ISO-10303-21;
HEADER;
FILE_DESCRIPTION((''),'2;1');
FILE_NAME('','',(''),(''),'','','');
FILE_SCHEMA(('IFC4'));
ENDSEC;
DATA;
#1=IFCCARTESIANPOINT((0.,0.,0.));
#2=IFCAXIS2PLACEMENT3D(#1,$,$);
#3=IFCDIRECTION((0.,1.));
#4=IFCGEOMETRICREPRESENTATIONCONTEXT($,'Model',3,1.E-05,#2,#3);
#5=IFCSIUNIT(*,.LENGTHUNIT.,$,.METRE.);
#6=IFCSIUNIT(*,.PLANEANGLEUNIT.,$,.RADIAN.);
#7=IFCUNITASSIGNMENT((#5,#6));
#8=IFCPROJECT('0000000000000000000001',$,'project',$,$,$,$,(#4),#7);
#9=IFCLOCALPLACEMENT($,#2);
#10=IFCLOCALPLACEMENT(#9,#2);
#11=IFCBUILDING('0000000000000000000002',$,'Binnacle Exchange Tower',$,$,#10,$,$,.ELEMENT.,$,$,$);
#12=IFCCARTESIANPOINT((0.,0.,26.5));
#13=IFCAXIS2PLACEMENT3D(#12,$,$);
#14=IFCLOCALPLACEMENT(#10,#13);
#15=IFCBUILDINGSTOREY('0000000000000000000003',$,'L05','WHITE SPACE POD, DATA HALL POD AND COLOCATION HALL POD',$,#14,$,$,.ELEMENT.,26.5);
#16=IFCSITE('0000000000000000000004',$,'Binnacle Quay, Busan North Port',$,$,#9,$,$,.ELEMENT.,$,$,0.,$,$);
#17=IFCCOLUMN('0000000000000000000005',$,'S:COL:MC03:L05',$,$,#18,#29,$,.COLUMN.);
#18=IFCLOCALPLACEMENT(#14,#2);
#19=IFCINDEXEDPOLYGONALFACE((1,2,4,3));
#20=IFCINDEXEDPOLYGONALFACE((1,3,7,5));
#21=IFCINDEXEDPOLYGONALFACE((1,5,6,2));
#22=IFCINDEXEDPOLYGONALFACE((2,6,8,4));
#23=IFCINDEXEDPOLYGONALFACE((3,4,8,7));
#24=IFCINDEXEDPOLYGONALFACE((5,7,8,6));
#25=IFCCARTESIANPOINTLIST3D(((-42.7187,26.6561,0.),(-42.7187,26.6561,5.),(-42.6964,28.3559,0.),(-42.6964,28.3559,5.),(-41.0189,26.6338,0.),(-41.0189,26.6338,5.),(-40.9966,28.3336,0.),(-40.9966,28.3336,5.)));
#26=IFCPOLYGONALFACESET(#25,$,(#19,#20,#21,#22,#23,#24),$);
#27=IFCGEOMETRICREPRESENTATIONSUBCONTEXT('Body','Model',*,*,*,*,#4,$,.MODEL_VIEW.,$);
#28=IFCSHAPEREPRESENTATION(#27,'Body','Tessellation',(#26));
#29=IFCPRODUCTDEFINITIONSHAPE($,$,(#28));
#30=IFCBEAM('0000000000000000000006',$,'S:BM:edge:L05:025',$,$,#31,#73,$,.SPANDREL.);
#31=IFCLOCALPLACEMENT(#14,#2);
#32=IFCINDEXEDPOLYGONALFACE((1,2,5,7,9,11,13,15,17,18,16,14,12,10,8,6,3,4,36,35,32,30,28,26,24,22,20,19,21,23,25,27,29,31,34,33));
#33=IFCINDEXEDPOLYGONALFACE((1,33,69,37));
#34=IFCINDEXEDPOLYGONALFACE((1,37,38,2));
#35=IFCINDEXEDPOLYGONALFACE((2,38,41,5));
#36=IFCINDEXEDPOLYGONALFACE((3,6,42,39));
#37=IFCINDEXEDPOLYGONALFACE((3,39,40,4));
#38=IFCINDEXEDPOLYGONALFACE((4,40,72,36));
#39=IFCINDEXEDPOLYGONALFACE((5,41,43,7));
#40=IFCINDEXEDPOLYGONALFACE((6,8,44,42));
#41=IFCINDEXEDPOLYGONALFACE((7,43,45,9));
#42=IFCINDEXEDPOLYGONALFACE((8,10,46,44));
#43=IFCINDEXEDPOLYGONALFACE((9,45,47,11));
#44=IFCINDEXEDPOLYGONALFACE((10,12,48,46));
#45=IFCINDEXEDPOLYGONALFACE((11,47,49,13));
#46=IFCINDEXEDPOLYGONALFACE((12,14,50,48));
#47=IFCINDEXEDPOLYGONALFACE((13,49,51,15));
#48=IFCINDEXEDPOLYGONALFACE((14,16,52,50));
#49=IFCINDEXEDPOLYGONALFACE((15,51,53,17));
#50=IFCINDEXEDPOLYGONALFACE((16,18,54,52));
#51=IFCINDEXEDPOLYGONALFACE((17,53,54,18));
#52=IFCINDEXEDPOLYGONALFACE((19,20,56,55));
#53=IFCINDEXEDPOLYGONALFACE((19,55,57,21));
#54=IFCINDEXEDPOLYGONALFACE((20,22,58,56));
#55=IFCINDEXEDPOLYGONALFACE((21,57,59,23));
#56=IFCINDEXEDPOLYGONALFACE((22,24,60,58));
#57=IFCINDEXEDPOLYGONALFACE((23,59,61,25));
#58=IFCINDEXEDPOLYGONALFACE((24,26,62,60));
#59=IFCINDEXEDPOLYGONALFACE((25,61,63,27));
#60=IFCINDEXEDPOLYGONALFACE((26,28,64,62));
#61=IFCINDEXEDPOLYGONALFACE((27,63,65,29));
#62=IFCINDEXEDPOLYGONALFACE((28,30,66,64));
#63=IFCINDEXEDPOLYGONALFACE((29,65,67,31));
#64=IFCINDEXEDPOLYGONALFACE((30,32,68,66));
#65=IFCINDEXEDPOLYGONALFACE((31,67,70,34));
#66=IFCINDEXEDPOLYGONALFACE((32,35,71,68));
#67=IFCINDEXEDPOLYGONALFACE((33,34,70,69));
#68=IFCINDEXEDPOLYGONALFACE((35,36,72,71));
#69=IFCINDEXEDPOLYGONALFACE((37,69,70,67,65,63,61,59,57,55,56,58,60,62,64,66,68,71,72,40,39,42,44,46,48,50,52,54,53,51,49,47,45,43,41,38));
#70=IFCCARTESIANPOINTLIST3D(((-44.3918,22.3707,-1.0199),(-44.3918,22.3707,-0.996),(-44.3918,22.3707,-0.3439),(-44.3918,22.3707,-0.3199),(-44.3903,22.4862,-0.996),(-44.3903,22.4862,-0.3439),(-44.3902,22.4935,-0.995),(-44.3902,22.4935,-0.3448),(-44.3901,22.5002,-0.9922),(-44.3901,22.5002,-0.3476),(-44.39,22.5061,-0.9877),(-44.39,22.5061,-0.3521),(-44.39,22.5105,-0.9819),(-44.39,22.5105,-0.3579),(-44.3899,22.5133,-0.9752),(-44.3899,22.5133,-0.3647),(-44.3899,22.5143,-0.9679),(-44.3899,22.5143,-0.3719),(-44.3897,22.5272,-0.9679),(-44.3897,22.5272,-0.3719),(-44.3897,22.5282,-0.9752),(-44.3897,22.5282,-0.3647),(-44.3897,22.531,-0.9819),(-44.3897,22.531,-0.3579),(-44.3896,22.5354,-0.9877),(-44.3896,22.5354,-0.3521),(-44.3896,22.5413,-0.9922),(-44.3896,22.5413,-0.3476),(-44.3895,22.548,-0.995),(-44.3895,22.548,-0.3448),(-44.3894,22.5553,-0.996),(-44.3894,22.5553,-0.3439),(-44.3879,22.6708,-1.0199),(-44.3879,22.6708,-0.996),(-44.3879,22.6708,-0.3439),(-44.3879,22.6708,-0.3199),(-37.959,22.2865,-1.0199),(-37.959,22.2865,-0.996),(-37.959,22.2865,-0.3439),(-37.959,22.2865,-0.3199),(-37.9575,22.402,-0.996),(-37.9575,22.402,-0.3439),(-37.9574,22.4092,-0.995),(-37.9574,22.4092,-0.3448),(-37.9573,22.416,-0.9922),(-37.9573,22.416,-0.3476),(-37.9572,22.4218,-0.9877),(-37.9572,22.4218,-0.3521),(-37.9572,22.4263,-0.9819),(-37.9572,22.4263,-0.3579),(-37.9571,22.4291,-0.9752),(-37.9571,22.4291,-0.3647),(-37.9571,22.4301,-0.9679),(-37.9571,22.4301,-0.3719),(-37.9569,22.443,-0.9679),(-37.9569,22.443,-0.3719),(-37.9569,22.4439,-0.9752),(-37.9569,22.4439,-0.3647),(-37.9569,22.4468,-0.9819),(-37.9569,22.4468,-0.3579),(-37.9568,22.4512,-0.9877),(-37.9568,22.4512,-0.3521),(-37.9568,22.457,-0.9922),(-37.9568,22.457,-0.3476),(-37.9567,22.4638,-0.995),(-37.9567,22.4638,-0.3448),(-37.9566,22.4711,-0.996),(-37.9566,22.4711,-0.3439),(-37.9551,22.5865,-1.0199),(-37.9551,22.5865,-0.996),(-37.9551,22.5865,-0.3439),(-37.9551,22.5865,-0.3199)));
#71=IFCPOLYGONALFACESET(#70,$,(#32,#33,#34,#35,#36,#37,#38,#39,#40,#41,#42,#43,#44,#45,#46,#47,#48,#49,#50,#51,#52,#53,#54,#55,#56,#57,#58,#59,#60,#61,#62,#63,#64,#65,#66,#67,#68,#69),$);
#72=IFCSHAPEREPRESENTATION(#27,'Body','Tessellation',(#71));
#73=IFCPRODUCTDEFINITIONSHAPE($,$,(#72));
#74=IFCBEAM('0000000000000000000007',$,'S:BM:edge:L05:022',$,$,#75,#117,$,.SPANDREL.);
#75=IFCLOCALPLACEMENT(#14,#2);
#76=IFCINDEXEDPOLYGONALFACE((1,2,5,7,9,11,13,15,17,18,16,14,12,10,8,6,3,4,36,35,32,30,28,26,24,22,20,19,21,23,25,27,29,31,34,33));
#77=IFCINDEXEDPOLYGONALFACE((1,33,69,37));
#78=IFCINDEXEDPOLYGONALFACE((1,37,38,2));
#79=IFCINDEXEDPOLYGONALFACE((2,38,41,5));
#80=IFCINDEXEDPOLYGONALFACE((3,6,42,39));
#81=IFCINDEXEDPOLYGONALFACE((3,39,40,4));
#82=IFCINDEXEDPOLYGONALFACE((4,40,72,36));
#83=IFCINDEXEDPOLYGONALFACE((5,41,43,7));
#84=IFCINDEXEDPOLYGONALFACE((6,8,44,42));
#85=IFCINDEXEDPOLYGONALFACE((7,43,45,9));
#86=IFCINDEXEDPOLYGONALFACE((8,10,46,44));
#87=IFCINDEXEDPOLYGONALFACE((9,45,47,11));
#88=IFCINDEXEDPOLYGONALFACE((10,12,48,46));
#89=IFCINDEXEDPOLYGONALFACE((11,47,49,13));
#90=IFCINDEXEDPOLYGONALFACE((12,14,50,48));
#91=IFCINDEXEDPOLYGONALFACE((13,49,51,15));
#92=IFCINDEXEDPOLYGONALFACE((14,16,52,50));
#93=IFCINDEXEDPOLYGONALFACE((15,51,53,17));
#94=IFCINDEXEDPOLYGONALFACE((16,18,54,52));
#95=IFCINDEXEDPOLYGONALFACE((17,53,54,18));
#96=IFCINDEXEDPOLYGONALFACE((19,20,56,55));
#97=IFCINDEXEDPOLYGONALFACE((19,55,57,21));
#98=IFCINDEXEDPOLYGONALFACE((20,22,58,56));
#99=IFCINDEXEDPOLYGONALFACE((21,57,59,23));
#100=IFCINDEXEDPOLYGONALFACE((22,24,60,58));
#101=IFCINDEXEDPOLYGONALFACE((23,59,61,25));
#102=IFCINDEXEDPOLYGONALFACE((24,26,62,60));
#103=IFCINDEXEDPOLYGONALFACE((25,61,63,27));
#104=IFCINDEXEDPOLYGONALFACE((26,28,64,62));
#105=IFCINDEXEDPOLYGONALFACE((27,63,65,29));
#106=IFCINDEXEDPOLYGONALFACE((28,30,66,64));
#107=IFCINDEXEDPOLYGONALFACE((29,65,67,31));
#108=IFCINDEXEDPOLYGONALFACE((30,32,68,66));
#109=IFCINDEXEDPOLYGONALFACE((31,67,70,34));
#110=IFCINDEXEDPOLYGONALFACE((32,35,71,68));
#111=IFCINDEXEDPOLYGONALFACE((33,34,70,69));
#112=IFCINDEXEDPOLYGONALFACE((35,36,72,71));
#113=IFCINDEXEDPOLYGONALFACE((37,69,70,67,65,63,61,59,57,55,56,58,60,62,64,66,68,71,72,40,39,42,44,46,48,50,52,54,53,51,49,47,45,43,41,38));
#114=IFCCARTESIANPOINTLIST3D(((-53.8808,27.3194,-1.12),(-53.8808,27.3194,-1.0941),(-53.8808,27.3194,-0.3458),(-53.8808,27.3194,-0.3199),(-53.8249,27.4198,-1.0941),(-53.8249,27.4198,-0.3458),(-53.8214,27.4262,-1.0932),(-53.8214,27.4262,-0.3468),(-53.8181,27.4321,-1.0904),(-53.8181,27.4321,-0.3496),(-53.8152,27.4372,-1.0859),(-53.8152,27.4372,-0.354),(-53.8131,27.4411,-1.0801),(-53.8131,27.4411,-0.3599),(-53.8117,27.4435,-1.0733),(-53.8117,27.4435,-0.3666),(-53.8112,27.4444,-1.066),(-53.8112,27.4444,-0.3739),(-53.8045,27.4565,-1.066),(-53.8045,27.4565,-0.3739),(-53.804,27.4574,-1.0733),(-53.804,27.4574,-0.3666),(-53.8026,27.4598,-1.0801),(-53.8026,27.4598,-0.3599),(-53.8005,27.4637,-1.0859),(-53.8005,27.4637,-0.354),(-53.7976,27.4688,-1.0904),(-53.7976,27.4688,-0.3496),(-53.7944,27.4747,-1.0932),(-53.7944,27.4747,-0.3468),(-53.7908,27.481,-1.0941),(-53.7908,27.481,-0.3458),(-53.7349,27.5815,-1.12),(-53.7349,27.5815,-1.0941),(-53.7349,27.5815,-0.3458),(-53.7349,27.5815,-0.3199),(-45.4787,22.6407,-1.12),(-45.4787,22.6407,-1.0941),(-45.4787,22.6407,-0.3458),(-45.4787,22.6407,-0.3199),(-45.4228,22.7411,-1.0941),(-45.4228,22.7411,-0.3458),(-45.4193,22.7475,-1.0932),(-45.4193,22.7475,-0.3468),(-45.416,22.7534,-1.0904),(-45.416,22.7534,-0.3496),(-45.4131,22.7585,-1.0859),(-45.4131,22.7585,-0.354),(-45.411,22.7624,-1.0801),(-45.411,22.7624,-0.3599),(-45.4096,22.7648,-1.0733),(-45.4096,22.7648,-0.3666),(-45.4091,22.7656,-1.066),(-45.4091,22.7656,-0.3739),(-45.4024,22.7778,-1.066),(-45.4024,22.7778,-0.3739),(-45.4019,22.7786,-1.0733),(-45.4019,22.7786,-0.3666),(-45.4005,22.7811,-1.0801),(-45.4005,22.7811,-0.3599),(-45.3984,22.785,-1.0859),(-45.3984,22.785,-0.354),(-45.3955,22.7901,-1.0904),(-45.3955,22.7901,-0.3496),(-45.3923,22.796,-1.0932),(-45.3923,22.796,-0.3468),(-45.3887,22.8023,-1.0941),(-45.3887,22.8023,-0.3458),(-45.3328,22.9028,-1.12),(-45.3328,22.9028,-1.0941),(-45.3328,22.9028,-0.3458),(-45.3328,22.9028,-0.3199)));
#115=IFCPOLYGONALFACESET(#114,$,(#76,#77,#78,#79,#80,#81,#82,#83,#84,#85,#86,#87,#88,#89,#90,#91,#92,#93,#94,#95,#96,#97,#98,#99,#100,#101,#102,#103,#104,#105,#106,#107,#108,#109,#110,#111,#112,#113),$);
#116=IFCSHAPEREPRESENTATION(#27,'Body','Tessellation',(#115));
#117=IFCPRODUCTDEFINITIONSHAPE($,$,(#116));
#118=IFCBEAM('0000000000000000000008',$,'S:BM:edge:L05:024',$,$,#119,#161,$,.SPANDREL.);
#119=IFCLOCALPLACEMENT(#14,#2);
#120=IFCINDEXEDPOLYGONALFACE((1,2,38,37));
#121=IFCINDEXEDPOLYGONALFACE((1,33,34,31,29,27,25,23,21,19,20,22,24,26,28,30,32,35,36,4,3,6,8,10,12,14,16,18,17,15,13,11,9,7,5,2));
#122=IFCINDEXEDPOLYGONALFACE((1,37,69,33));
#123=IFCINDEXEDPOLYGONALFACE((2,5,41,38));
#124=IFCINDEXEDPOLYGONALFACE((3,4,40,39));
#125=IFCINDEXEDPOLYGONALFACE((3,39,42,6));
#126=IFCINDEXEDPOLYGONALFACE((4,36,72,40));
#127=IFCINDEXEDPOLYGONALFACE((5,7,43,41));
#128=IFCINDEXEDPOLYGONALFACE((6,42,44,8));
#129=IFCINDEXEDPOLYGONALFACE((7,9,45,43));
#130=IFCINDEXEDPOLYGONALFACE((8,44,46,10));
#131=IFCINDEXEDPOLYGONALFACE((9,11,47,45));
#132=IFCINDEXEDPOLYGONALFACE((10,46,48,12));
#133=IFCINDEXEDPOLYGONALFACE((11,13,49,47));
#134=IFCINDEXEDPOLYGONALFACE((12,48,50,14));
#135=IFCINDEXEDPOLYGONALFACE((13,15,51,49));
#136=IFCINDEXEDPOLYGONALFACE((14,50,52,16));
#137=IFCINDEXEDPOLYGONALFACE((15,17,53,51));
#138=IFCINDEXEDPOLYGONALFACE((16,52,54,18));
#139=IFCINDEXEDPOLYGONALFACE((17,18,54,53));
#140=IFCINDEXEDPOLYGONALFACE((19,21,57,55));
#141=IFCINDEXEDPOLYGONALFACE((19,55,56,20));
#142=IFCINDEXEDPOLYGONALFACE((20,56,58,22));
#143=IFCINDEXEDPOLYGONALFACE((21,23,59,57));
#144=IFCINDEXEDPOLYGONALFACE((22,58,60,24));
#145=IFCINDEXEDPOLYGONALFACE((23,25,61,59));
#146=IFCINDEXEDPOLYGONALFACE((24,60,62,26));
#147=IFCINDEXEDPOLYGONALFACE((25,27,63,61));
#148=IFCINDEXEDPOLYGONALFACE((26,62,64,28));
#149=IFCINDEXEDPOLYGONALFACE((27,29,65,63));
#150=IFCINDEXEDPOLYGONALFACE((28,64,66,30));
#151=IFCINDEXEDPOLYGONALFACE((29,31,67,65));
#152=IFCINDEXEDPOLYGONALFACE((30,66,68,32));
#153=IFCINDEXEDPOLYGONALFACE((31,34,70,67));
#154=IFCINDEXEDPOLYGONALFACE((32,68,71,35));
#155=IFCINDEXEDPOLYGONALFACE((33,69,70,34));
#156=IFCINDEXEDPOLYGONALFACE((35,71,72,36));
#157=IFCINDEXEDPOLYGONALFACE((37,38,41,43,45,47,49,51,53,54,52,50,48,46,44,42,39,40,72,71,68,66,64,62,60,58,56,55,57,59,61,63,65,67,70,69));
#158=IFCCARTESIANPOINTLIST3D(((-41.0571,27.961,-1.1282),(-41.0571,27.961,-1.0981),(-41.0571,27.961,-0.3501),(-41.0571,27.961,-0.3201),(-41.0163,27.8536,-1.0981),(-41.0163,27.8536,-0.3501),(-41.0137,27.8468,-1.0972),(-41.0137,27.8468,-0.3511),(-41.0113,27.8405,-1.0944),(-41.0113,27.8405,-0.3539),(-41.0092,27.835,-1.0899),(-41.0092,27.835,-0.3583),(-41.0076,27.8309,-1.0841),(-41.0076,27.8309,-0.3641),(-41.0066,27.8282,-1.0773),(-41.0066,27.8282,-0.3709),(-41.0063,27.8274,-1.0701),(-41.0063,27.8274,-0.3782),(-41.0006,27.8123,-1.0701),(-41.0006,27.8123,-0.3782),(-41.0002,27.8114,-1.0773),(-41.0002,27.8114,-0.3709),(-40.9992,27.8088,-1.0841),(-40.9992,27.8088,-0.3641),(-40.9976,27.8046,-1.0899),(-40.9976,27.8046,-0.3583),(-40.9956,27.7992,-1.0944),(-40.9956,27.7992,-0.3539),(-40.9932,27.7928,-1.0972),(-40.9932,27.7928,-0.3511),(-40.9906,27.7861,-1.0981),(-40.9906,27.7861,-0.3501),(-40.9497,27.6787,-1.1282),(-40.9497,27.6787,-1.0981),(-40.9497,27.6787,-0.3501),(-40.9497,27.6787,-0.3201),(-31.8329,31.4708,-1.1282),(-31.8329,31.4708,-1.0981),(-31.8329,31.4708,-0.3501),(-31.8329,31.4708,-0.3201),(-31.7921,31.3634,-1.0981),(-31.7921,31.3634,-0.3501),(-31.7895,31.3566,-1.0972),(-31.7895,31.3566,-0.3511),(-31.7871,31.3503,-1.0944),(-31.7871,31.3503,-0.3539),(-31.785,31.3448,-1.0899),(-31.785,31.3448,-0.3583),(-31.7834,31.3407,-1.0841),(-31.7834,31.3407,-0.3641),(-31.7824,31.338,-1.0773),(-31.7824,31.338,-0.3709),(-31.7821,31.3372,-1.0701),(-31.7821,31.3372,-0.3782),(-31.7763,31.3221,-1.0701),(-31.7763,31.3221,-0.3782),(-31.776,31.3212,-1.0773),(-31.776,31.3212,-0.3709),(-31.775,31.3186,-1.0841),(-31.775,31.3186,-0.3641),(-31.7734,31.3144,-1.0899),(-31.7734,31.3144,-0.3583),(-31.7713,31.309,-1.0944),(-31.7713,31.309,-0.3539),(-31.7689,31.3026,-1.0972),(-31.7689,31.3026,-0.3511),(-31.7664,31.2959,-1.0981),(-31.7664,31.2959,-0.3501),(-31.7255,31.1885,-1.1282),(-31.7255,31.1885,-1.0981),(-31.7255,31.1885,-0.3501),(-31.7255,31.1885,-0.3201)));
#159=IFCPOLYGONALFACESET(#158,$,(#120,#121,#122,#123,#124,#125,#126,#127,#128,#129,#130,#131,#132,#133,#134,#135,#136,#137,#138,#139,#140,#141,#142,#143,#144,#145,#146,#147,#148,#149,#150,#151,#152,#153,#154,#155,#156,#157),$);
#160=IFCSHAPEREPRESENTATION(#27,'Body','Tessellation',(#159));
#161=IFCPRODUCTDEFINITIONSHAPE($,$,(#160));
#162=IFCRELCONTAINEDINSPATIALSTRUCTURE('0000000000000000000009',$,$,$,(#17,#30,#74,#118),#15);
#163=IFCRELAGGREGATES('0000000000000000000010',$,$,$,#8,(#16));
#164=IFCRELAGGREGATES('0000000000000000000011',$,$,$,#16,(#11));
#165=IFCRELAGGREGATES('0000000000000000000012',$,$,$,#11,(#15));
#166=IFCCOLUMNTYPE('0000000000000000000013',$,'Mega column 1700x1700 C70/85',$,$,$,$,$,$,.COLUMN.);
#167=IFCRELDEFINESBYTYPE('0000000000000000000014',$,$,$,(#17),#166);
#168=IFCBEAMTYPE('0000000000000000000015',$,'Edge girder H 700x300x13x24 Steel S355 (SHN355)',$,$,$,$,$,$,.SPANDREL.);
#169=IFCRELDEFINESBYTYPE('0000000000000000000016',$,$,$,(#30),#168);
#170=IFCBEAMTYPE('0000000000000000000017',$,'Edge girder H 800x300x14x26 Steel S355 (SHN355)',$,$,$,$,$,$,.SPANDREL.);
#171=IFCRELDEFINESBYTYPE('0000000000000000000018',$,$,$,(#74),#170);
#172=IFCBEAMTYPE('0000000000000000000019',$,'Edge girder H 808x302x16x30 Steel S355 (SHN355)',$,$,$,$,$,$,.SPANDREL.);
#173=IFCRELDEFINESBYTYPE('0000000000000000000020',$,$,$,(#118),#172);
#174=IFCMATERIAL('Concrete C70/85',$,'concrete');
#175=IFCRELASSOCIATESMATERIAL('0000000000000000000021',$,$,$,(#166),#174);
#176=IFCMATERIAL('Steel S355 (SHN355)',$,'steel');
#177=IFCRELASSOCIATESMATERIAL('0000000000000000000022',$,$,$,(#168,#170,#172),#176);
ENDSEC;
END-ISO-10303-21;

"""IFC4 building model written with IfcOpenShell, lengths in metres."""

from ifc_helpers import new_model, si_unit, direction, frame, origin, origin_2d, place, context, subcontext, project, spatial, rectangle, i_section, extrude, material, material_profile, profile_set, type_object, element, save


model = new_model("IFC4")

# Units and contexts
model_context = context("Model", 3, precision=1e-05, world=origin(), true_north=direction((0.0, 1.0)))
body_context = subcontext(model_context, "Body", "Model", "MODEL_VIEW")
ifc_project = project(units=[si_unit("LENGTHUNIT", "METRE"), si_unit("PLANEANGLEUNIT", "RADIAN")], contexts=[model_context])

# Site, building, storey
site_placement = place(None, origin())
site = spatial("IfcSite", under=ifc_project, at=site_placement, Name="Binnacle Quay, Busan North Port", CompositionType="ELEMENT", RefElevation=0.0)
building_placement = place(site_placement, origin())
building = spatial("IfcBuilding", under=site, at=building_placement, Name="Binnacle Exchange Tower", CompositionType="ELEMENT")
storey_placement = place(building_placement, frame((0.0, 0.0, 26.5)))
storey = spatial("IfcBuildingStorey", under=building, at=storey_placement, Name="L05", Description="WHITE SPACE POD, DATA HALL POD AND COLOCATION HALL POD", CompositionType="ELEMENT", Elevation=26.5)

# Column
ifc_material_1 = material(Name="Concrete C70/85", Category="concrete")
ifc_material_profile_1 = material_profile(ifc_material_1, rectangle(XDim=1.7, YDim=1.7, at=origin_2d()), Name="Mega column 1700x1700 C70/85")
ifc_profile_set_1 = profile_set([ifc_material_profile_1], Name="Concrete C70/85")
column_type = type_object("IfcColumnType", Name="Mega column 1700x1700 C70/85", PredefinedType="COLUMN", material=ifc_profile_set_1)
column_placement = place(storey_placement, frame((-41.8577, 27.4949, 0.0), z_axis=(0.0, 0.0, 1.0), x_axis=(0.999914, -0.01309, 0.0)))
element("IfcColumn", 1, at=column_placement, inside=storey, type_object=column_type, Name="S:COL:MC03:L05", PredefinedType="COLUMN", context=body_context, shape_type="SweptSolid", body=[
    extrude(rectangle(XDim=1.7, YDim=1.7, at=origin_2d()), origin(), (0.0, 0.0, 1.0), 5.0),
])

# Beams
ifc_material_2 = material(Name="Steel S355 (SHN355)", Category="steel")
ifc_material_profile_2 = material_profile(ifc_material_2, i_section(OverallWidth=0.3, OverallDepth=0.7, WebThickness=0.0129, FlangeThickness=0.0239, FilletRadius=0.0281, at=origin_2d()), Name="H 700x300x13x24")
ifc_profile_set_2 = profile_set([ifc_material_profile_2], Name="Steel S355 (SHN355)")
beam_type_1 = type_object("IfcBeamType", Name="Edge girder H 700x300x13x24 Steel S355 (SHN355)", PredefinedType="SPANDREL", material=ifc_profile_set_2)
beam_1_placement = place(storey_placement, frame((-37.957, 22.4365, -0.6699), z_axis=(-0.999914, 0.013092, 0.0), x_axis=(-0.013092, -0.999914, 0.0)))
element("IfcBeam", 2, at=beam_1_placement, inside=storey, type_object=beam_type_1, Name="S:BM:edge:L05:025", PredefinedType="SPANDREL", context=body_context, shape_type="SweptSolid", body=[
    extrude(i_section(OverallWidth=0.3, OverallDepth=0.7, WebThickness=0.0129, FlangeThickness=0.0239, FilletRadius=0.0281, at=origin_2d()), origin(), (0.0, 0.0, 1.0), 6.4333),
])
ifc_material_profile_3 = material_profile(ifc_material_2, i_section(OverallWidth=0.3, OverallDepth=0.8, WebThickness=0.0139, FlangeThickness=0.0259, FilletRadius=0.0281, at=origin_2d()), Name="H 800x300x14x26")
ifc_profile_set_3 = profile_set([ifc_material_profile_3], Name="Steel S355 (SHN355)")
beam_type_2 = type_object("IfcBeamType", Name="Edge girder H 800x300x14x26 Steel S355 (SHN355)", PredefinedType="SPANDREL", material=ifc_profile_set_3)
beam_2_placement = place(storey_placement, frame((-45.4058, 22.7717, -0.72), z_axis=(-0.873677, 0.486507, 0.0), x_axis=(-0.486507, -0.873677, 0.0)))
element("IfcBeam", 3, at=beam_2_placement, inside=storey, type_object=beam_type_2, Name="S:BM:edge:L05:022", PredefinedType="SPANDREL", context=body_context, shape_type="SweptSolid", body=[
    extrude(i_section(OverallWidth=0.3, OverallDepth=0.8, WebThickness=0.0139, FlangeThickness=0.0259, FilletRadius=0.0281, at=origin_2d()), origin(), (0.0, 0.0, 1.0), 9.6169),
])
ifc_material_profile_4 = material_profile(ifc_material_2, i_section(OverallWidth=0.302, OverallDepth=0.8081, WebThickness=0.0161, FlangeThickness=0.03, FilletRadius=0.0281, at=origin_2d()), Name="H 808x302x16x30")
ifc_profile_set_4 = profile_set([ifc_material_profile_4], Name="Steel S355 (SHN355)")
beam_type_3 = type_object("IfcBeamType", Name="Edge girder H 808x302x16x30 Steel S355 (SHN355)", PredefinedType="SPANDREL", material=ifc_profile_set_4)
beam_3_placement = place(storey_placement, frame((-41.0034, 27.8198, -0.7241), z_axis=(0.934629, 0.355625, 0.0), x_axis=(-0.355625, 0.934629, 0.0)))
element("IfcBeam", 4, at=beam_3_placement, inside=storey, type_object=beam_type_3, Name="S:BM:edge:L05:024", PredefinedType="SPANDREL", context=body_context, shape_type="SweptSolid", body=[
    extrude(i_section(OverallWidth=0.302, OverallDepth=0.8081, WebThickness=0.0161, FlangeThickness=0.03, FilletRadius=0.0281, at=origin_2d()), origin(), (0.0, 0.0, 1.0), 9.8694),
])

save(model, "model.ifc")
